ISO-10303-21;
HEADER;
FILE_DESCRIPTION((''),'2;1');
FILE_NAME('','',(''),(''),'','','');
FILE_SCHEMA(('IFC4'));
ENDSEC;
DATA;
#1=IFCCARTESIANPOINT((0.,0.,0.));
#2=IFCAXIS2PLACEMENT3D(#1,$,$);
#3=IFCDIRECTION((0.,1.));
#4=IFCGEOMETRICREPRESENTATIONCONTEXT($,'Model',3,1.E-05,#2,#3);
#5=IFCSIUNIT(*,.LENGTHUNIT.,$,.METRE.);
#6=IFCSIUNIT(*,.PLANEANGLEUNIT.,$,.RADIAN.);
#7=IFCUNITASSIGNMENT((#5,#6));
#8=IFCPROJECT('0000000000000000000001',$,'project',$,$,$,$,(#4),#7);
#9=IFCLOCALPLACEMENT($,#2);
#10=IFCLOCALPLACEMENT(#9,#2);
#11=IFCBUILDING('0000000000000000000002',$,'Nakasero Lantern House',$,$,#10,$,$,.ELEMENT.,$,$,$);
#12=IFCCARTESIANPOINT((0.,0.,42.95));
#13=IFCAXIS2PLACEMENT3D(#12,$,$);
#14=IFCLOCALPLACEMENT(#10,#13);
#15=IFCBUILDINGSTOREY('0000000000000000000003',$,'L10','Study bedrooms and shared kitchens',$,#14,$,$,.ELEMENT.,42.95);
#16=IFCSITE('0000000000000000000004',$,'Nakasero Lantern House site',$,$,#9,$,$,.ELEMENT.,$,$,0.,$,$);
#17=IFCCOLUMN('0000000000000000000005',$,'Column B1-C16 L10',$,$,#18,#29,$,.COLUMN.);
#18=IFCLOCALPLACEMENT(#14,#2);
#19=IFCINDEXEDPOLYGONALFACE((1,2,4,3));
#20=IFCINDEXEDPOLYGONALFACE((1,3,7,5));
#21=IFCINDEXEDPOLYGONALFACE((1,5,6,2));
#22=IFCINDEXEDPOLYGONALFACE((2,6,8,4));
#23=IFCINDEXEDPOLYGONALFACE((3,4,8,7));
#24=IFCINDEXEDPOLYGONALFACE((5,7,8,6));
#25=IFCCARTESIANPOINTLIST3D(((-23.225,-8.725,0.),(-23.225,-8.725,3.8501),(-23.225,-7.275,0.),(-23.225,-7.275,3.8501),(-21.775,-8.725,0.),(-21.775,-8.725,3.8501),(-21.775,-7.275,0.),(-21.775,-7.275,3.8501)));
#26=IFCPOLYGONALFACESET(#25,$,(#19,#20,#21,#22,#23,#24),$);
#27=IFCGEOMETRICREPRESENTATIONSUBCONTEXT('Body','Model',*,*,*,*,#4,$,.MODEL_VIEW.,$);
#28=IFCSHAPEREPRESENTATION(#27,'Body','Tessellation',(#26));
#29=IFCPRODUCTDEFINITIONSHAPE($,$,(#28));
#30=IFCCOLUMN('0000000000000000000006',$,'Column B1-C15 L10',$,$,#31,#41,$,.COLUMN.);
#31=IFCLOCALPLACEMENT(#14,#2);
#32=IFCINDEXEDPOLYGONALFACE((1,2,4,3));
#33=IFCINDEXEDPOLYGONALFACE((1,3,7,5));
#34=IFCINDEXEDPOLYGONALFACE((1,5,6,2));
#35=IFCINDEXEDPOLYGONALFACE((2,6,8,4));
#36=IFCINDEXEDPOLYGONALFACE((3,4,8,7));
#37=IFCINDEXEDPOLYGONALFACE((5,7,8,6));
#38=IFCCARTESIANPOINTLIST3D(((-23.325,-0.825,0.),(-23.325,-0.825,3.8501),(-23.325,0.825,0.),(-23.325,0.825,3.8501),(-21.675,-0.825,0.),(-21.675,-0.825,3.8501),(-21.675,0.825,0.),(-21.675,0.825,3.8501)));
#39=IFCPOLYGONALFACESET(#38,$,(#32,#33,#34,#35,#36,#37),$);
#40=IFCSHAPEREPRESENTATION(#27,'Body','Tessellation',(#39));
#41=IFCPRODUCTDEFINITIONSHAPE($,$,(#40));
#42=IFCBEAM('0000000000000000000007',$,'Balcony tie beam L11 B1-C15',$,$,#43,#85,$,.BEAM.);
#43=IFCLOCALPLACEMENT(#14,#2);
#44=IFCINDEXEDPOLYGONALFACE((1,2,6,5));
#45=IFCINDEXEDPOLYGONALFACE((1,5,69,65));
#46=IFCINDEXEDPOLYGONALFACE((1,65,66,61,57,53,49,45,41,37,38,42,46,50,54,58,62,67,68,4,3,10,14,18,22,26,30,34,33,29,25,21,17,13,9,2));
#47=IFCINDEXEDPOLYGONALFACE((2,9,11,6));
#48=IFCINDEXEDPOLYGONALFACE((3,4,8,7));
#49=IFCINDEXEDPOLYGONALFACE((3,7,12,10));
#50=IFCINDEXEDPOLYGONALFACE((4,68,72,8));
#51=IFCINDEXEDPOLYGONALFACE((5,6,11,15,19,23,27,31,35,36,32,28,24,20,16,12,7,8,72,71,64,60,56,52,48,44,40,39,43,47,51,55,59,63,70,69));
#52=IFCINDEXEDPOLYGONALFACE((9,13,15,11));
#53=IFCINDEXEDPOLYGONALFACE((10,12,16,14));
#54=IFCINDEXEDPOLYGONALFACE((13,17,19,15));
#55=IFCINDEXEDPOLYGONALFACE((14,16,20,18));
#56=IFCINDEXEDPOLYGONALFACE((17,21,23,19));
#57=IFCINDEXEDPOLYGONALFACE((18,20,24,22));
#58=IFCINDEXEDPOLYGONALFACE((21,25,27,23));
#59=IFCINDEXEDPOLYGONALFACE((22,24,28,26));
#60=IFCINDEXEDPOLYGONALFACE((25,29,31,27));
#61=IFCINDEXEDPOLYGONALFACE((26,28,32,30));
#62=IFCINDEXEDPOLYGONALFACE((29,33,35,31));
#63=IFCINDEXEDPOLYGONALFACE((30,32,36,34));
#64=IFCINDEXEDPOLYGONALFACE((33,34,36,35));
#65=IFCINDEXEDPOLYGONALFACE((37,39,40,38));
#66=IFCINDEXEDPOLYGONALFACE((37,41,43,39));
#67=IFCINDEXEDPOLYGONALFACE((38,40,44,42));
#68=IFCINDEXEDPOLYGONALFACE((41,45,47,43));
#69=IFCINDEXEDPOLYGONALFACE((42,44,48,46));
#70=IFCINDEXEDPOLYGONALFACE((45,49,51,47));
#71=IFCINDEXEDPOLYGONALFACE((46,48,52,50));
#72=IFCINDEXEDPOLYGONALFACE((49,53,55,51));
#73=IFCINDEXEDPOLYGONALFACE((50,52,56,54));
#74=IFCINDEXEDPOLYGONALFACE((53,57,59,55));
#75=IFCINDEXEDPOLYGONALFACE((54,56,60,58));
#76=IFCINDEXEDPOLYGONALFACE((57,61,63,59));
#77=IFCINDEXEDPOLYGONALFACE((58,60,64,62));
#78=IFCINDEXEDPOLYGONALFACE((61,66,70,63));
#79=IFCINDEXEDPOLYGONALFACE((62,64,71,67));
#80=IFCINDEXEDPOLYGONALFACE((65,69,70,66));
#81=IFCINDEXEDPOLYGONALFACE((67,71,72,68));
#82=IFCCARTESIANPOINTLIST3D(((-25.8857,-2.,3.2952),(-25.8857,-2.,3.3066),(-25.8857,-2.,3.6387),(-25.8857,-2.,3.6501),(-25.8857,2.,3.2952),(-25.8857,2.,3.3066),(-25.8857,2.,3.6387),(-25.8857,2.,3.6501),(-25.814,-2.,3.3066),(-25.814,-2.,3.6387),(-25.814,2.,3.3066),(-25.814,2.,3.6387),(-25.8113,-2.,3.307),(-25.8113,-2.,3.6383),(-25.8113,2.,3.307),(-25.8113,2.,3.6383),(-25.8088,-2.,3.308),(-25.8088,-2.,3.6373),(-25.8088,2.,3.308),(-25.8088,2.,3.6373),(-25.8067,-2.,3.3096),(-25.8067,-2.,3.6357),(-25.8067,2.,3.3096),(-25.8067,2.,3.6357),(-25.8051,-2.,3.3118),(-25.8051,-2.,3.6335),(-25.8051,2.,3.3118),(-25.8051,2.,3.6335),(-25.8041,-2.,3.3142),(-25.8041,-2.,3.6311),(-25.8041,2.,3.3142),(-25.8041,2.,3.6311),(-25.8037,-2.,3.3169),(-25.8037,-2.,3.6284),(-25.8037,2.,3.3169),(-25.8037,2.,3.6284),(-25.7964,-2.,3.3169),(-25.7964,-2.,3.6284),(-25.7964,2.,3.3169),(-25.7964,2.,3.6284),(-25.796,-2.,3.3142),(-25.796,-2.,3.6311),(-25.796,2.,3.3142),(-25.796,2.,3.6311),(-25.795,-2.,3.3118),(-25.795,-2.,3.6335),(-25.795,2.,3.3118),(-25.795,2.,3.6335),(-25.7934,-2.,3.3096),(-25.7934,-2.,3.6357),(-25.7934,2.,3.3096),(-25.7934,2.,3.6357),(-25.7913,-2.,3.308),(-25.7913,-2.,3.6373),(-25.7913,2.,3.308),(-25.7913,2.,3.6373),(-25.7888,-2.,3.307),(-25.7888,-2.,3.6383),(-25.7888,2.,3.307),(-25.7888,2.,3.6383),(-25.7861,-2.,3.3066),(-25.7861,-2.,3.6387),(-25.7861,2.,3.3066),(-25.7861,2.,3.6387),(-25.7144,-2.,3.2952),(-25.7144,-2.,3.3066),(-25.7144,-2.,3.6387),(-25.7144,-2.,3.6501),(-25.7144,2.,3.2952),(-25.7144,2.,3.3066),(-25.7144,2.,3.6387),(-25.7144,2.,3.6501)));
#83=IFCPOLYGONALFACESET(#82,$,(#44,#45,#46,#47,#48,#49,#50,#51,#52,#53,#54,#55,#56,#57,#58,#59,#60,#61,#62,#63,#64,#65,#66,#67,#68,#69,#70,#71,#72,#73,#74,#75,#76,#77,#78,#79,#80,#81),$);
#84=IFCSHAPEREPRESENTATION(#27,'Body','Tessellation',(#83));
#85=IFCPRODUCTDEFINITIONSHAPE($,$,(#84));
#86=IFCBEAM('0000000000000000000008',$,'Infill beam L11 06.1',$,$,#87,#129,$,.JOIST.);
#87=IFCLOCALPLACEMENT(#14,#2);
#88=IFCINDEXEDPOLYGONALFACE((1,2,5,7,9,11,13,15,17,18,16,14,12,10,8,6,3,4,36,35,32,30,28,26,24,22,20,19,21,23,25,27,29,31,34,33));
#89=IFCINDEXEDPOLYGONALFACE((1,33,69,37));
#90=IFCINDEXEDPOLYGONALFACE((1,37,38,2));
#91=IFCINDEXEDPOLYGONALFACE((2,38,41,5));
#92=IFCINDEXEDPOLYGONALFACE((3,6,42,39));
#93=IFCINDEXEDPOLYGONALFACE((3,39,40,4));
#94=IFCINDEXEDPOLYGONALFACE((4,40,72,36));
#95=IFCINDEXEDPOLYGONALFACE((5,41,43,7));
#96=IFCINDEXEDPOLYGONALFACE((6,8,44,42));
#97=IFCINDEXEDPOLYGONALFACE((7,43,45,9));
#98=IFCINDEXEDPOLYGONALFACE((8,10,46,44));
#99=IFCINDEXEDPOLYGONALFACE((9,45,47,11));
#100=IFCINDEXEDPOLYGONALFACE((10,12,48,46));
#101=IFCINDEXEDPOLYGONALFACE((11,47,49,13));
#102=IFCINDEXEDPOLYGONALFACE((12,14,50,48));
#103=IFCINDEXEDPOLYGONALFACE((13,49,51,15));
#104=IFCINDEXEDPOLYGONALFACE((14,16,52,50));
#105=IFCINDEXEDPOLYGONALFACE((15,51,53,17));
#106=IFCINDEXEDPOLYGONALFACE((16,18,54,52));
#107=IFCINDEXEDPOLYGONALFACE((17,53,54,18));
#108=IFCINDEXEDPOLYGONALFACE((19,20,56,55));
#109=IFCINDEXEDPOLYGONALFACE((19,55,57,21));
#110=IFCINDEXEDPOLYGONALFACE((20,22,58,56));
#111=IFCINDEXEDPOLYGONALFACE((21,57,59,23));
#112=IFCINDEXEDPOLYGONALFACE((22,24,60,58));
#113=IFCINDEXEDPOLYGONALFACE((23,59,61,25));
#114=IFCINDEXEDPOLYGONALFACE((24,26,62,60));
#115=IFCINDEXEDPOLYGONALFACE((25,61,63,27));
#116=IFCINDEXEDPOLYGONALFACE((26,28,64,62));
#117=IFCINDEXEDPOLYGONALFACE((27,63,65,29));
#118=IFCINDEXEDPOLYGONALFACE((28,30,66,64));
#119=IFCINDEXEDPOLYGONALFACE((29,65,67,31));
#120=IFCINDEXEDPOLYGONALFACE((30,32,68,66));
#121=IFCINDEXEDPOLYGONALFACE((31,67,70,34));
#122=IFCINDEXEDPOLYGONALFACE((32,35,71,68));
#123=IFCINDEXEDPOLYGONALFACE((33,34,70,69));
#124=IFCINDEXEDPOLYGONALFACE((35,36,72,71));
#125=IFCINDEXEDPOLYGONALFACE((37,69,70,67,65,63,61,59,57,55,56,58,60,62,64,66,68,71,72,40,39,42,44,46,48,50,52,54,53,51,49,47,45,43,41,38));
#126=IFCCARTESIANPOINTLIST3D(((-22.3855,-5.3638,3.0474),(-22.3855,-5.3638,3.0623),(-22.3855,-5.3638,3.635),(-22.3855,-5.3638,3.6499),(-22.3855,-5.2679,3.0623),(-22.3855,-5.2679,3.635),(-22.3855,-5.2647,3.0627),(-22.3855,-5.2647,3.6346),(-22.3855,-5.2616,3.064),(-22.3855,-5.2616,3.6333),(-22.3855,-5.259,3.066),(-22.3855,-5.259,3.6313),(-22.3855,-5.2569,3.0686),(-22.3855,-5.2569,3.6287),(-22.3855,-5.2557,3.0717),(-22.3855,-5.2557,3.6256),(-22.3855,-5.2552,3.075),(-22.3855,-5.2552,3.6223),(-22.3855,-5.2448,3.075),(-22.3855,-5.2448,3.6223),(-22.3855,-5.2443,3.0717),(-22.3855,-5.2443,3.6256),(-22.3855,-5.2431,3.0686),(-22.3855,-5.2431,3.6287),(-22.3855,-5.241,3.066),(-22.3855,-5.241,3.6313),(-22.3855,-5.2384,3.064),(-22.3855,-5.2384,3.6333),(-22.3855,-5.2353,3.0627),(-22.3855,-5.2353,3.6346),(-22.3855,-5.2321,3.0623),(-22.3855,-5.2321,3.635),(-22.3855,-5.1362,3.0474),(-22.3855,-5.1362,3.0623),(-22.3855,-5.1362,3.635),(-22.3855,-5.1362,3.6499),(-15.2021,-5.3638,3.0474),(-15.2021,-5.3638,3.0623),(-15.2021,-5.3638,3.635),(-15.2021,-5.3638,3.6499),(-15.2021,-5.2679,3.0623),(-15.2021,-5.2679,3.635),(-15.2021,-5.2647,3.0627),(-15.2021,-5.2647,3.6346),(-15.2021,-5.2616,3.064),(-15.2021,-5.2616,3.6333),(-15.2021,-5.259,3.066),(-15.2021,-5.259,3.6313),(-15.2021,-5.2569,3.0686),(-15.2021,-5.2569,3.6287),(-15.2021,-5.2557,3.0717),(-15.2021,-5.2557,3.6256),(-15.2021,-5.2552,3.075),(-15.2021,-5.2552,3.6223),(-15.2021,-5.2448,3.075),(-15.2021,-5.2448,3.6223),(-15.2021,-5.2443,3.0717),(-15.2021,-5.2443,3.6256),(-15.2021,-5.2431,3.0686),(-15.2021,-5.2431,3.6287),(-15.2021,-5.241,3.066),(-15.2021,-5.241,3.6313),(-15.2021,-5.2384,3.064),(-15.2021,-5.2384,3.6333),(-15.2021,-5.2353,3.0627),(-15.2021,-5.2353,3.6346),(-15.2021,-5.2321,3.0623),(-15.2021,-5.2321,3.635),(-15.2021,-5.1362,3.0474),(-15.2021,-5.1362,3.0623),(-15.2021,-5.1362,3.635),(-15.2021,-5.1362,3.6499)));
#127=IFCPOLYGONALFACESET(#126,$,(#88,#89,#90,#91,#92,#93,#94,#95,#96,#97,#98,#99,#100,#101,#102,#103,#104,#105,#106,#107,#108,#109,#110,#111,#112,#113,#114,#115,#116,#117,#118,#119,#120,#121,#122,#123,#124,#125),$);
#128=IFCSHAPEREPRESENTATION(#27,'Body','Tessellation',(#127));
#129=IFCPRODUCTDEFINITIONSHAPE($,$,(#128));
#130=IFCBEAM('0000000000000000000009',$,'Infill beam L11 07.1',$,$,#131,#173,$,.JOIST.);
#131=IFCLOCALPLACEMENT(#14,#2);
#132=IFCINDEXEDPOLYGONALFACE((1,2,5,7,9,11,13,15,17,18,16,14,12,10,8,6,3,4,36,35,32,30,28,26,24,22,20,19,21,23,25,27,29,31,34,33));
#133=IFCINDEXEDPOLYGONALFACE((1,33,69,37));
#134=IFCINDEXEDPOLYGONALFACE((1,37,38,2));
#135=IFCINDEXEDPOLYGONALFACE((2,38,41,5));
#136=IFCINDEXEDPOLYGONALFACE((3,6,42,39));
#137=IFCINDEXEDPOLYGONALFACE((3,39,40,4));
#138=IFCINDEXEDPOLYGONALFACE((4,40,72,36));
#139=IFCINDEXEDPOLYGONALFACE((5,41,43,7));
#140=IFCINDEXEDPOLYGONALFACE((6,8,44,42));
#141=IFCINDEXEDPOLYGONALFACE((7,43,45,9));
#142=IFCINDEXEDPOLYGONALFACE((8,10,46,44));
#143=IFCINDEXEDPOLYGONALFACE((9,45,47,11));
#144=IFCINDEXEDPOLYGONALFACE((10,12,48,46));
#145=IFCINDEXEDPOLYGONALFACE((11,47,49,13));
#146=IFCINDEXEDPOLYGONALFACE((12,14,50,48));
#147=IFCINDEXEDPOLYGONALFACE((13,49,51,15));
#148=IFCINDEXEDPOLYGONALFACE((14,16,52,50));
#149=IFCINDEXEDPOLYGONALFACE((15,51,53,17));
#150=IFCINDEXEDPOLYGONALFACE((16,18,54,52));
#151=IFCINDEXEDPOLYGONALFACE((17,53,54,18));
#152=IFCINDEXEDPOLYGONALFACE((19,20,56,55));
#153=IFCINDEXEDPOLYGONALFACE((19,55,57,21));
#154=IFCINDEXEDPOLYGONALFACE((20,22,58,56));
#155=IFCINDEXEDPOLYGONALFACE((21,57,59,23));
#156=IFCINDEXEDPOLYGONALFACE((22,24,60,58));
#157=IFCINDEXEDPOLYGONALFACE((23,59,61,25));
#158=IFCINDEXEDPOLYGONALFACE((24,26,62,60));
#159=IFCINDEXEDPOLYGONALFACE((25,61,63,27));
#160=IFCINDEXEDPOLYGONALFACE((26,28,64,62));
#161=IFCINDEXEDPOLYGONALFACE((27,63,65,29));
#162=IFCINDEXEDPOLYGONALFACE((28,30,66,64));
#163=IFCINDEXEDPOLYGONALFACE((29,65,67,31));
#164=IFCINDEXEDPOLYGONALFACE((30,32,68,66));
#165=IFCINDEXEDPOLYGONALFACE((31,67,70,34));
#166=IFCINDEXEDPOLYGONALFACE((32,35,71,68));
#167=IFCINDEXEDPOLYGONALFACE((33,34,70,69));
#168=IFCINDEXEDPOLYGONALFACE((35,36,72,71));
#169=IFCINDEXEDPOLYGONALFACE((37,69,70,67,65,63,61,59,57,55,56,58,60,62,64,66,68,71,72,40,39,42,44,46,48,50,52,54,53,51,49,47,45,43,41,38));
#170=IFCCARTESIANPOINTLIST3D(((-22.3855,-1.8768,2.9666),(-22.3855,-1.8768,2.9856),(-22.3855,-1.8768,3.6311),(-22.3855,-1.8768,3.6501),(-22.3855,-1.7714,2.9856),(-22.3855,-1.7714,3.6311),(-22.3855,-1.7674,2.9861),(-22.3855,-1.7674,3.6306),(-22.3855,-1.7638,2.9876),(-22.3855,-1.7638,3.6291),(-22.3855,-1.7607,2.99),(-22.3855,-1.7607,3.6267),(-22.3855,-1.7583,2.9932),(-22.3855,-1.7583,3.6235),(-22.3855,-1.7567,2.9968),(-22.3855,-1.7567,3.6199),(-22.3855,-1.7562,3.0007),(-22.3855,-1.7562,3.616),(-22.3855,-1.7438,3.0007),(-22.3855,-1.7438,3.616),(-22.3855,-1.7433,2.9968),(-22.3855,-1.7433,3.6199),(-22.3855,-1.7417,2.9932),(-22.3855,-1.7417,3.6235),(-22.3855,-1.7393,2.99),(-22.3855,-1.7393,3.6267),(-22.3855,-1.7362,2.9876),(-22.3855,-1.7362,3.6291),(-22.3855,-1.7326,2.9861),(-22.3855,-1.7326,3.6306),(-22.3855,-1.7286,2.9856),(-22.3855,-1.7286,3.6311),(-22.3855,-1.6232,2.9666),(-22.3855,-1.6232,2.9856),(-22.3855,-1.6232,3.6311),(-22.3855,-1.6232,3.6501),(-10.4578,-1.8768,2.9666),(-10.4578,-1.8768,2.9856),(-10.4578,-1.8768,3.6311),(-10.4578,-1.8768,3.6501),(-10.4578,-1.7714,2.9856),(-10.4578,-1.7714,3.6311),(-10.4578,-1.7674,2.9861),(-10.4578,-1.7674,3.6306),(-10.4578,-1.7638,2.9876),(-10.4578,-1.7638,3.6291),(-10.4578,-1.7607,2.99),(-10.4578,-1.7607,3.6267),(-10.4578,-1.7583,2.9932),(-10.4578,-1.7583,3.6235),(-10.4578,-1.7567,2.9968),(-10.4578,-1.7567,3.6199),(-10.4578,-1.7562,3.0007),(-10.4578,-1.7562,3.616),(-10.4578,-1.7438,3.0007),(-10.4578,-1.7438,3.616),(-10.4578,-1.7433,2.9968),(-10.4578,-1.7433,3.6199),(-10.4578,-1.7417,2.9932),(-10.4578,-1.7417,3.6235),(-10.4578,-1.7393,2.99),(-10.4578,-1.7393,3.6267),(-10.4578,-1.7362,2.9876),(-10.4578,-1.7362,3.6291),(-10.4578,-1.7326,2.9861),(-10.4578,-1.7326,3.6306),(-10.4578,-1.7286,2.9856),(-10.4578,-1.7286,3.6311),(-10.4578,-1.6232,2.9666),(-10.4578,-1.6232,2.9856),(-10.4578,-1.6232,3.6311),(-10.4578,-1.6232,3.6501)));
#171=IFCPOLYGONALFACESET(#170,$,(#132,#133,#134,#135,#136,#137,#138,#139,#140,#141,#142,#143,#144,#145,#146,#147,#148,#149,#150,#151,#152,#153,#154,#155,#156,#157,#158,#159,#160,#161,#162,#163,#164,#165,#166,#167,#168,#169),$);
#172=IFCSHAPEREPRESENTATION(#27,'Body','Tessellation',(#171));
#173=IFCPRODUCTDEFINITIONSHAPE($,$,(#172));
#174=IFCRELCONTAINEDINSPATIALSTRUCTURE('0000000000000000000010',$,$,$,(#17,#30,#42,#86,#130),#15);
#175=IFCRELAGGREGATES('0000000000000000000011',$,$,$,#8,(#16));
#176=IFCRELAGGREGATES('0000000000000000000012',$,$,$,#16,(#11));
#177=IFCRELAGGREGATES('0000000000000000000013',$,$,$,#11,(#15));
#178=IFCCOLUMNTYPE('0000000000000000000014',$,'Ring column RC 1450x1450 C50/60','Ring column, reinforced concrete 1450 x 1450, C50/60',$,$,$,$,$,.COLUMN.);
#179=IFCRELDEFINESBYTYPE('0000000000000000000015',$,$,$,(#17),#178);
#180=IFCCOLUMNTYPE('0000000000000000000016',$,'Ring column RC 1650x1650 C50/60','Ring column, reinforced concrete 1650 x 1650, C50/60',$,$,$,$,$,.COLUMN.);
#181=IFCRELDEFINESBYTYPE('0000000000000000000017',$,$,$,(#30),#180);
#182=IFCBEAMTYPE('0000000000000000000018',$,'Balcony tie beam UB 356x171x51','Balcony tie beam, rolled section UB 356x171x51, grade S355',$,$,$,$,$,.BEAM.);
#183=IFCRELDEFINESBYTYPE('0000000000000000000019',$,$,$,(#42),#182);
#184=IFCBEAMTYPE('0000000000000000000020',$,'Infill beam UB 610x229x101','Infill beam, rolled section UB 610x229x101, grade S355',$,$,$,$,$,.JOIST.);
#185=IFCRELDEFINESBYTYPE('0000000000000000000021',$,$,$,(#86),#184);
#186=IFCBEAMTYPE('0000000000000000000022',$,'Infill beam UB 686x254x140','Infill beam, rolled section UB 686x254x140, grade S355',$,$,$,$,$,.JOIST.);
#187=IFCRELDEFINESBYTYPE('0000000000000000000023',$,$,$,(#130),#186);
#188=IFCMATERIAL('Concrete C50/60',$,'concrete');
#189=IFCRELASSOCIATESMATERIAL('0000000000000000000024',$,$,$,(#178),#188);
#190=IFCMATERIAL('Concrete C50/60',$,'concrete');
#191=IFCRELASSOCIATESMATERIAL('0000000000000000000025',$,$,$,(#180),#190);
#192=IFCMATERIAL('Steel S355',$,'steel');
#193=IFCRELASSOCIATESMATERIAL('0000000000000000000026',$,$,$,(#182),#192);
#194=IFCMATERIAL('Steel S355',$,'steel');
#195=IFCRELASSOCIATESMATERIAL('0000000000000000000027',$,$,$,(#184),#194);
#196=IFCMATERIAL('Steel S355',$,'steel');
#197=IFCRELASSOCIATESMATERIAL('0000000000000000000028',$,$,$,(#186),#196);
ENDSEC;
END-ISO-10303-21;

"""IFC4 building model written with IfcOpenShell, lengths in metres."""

from ifc_helpers import new_model, si_unit, direction, frame, origin, origin_2d, place, context, subcontext, project, spatial, rectangle, i_section, extrude, material, material_profile, profile_set, type_object, element, save


model = new_model("IFC4")

# Units and contexts
model_context = context("Model", 3, precision=1e-05, world=origin(), true_north=direction((0.0, 1.0)))
body_context = subcontext(model_context, "Body", "Model", "MODEL_VIEW")
ifc_project = project(units=[si_unit("LENGTHUNIT", "METRE"), si_unit("PLANEANGLEUNIT", "RADIAN")], contexts=[model_context])

# Site, building, storey
site_placement = place(None, origin())
site = spatial("IfcSite", under=ifc_project, at=site_placement, Name="Nakasero Lantern House site", CompositionType="ELEMENT", RefElevation=0.0)
building_placement = place(site_placement, origin())
building = spatial("IfcBuilding", under=site, at=building_placement, Name="Nakasero Lantern House", CompositionType="ELEMENT")
storey_placement = place(building_placement, frame((0.0, 0.0, 42.95)))
storey = spatial("IfcBuildingStorey", under=building, at=storey_placement, Name="L10", Description="Study bedrooms and shared kitchens", CompositionType="ELEMENT", Elevation=42.95)

# Columns
ifc_material_1 = material(Name="Concrete C50/60", Category="concrete")
ifc_material_profile_1 = material_profile(ifc_material_1, rectangle(XDim=1.45, YDim=1.45, at=origin_2d()), Name="RC 1450x1450")
ifc_profile_set_1 = profile_set([ifc_material_profile_1], Name="Concrete C50/60")
column_type_1 = type_object("IfcColumnType", Name="Ring column RC 1450x1450 C50/60", Description="Ring column, reinforced concrete 1450 x 1450, C50/60", PredefinedType="COLUMN", material=ifc_profile_set_1)
column_1_placement = place(storey_placement, frame((-22.5, -8.0, 0.0), z_axis=(0.0, 0.0, 1.0), x_axis=(1.0, 0.0, 0.0)))
element("IfcColumn", 1, at=column_1_placement, inside=storey, type_object=column_type_1, Name="Column B1-C16 L10", PredefinedType="COLUMN", context=body_context, shape_type="SweptSolid", body=[
    extrude(rectangle(XDim=1.45, YDim=1.45, at=origin_2d()), origin(), (0.0, 0.0, 1.0), 3.8501),
])
ifc_material_2 = material(Name="Concrete C50/60", Category="concrete")
ifc_material_profile_2 = material_profile(ifc_material_2, rectangle(XDim=1.6499, YDim=1.6499, at=origin_2d()), Name="RC 1650x1650")
ifc_profile_set_2 = profile_set([ifc_material_profile_2], Name="Concrete C50/60")
column_type_2 = type_object("IfcColumnType", Name="Ring column RC 1650x1650 C50/60", Description="Ring column, reinforced concrete 1650 x 1650, C50/60", PredefinedType="COLUMN", material=ifc_profile_set_2)
column_2_placement = place(storey_placement, frame((-22.5, 0.0, 0.0), z_axis=(0.0, 0.0, 1.0), x_axis=(1.0, 0.0, 0.0)))
element("IfcColumn", 2, at=column_2_placement, inside=storey, type_object=column_type_2, Name="Column B1-C15 L10", PredefinedType="COLUMN", context=body_context, shape_type="SweptSolid", body=[
    extrude(rectangle(XDim=1.6499, YDim=1.6499, at=origin_2d()), origin(), (0.0, 0.0, 1.0), 3.8501),
])

# Beams
ifc_material_3 = material(Name="Steel S355", Category="steel")
ifc_material_profile_3 = material_profile(ifc_material_3, i_section(OverallWidth=0.1714, OverallDepth=0.355, WebThickness=0.0073, FlangeThickness=0.0115, FilletRadius=0.0103, at=origin_2d()), Name="UB 356x171x51")
ifc_profile_set_3 = profile_set([ifc_material_profile_3], Name="Steel S355")
beam_type_1 = type_object("IfcBeamType", Name="Balcony tie beam UB 356x171x51", Description="Balcony tie beam, rolled section UB 356x171x51, grade S355", PredefinedType="BEAM", material=ifc_profile_set_3)
beam_1_placement = place(storey_placement, frame((-25.8, -2.0, 3.4727), z_axis=(0.0, 1.0, 0.0), x_axis=(-1.0, 0.0, 0.0)))
element("IfcBeam", 3, at=beam_1_placement, inside=storey, type_object=beam_type_1, Name="Balcony tie beam L11 B1-C15", PredefinedType="BEAM", context=body_context, shape_type="SweptSolid", body=[
    extrude(i_section(OverallWidth=0.1714, OverallDepth=0.355, WebThickness=0.0073, FlangeThickness=0.0115, FilletRadius=0.0103, at=origin_2d()), origin(), (0.0, 0.0, 1.0), 4.0),
])
ifc_material_4 = material(Name="Steel S355", Category="steel")
ifc_material_profile_4 = material_profile(ifc_material_4, i_section(OverallWidth=0.2275, OverallDepth=0.6025, WebThickness=0.0105, FlangeThickness=0.0149, FilletRadius=0.0127, at=origin_2d()), Name="UB 610x229x101")
ifc_profile_set_4 = profile_set([ifc_material_profile_4], Name="Steel S355")
beam_type_2 = type_object("IfcBeamType", Name="Infill beam UB 610x229x101", Description="Infill beam, rolled section UB 610x229x101, grade S355", PredefinedType="JOIST", material=ifc_profile_set_4)
beam_2_placement = place(storey_placement, frame((-22.3855, -5.25, 3.3486), z_axis=(1.0, 0.0, 0.0), x_axis=(0.0, 1.0, 0.0)))
element("IfcBeam", 4, at=beam_2_placement, inside=storey, type_object=beam_type_2, Name="Infill beam L11 06.1", PredefinedType="JOIST", context=body_context, shape_type="SweptSolid", body=[
    extrude(i_section(OverallWidth=0.2275, OverallDepth=0.6025, WebThickness=0.0105, FlangeThickness=0.0149, FilletRadius=0.0127, at=origin_2d()), origin(), (0.0, 0.0, 1.0), 7.1833),
])
ifc_material_5 = material(Name="Steel S355", Category="steel")
ifc_material_profile_5 = material_profile(ifc_material_5, i_section(OverallWidth=0.2537, OverallDepth=0.6836, WebThickness=0.0125, FlangeThickness=0.019, FilletRadius=0.0151, at=origin_2d()), Name="UB 686x254x140")
ifc_profile_set_5 = profile_set([ifc_material_profile_5], Name="Steel S355")
beam_type_3 = type_object("IfcBeamType", Name="Infill beam UB 686x254x140", Description="Infill beam, rolled section UB 686x254x140, grade S355", PredefinedType="JOIST", material=ifc_profile_set_5)
beam_3_placement = place(storey_placement, frame((-22.3855, -1.75, 3.3083), z_axis=(1.0, 0.0, 0.0), x_axis=(0.0, 1.0, 0.0)))
element("IfcBeam", 5, at=beam_3_placement, inside=storey, type_object=beam_type_3, Name="Infill beam L11 07.1", PredefinedType="JOIST", context=body_context, shape_type="SweptSolid", body=[
    extrude(i_section(OverallWidth=0.2537, OverallDepth=0.6836, WebThickness=0.0125, FlangeThickness=0.019, FilletRadius=0.0151, at=origin_2d()), origin(), (0.0, 0.0, 1.0), 11.9277),
])

save(model, "model.ifc")
